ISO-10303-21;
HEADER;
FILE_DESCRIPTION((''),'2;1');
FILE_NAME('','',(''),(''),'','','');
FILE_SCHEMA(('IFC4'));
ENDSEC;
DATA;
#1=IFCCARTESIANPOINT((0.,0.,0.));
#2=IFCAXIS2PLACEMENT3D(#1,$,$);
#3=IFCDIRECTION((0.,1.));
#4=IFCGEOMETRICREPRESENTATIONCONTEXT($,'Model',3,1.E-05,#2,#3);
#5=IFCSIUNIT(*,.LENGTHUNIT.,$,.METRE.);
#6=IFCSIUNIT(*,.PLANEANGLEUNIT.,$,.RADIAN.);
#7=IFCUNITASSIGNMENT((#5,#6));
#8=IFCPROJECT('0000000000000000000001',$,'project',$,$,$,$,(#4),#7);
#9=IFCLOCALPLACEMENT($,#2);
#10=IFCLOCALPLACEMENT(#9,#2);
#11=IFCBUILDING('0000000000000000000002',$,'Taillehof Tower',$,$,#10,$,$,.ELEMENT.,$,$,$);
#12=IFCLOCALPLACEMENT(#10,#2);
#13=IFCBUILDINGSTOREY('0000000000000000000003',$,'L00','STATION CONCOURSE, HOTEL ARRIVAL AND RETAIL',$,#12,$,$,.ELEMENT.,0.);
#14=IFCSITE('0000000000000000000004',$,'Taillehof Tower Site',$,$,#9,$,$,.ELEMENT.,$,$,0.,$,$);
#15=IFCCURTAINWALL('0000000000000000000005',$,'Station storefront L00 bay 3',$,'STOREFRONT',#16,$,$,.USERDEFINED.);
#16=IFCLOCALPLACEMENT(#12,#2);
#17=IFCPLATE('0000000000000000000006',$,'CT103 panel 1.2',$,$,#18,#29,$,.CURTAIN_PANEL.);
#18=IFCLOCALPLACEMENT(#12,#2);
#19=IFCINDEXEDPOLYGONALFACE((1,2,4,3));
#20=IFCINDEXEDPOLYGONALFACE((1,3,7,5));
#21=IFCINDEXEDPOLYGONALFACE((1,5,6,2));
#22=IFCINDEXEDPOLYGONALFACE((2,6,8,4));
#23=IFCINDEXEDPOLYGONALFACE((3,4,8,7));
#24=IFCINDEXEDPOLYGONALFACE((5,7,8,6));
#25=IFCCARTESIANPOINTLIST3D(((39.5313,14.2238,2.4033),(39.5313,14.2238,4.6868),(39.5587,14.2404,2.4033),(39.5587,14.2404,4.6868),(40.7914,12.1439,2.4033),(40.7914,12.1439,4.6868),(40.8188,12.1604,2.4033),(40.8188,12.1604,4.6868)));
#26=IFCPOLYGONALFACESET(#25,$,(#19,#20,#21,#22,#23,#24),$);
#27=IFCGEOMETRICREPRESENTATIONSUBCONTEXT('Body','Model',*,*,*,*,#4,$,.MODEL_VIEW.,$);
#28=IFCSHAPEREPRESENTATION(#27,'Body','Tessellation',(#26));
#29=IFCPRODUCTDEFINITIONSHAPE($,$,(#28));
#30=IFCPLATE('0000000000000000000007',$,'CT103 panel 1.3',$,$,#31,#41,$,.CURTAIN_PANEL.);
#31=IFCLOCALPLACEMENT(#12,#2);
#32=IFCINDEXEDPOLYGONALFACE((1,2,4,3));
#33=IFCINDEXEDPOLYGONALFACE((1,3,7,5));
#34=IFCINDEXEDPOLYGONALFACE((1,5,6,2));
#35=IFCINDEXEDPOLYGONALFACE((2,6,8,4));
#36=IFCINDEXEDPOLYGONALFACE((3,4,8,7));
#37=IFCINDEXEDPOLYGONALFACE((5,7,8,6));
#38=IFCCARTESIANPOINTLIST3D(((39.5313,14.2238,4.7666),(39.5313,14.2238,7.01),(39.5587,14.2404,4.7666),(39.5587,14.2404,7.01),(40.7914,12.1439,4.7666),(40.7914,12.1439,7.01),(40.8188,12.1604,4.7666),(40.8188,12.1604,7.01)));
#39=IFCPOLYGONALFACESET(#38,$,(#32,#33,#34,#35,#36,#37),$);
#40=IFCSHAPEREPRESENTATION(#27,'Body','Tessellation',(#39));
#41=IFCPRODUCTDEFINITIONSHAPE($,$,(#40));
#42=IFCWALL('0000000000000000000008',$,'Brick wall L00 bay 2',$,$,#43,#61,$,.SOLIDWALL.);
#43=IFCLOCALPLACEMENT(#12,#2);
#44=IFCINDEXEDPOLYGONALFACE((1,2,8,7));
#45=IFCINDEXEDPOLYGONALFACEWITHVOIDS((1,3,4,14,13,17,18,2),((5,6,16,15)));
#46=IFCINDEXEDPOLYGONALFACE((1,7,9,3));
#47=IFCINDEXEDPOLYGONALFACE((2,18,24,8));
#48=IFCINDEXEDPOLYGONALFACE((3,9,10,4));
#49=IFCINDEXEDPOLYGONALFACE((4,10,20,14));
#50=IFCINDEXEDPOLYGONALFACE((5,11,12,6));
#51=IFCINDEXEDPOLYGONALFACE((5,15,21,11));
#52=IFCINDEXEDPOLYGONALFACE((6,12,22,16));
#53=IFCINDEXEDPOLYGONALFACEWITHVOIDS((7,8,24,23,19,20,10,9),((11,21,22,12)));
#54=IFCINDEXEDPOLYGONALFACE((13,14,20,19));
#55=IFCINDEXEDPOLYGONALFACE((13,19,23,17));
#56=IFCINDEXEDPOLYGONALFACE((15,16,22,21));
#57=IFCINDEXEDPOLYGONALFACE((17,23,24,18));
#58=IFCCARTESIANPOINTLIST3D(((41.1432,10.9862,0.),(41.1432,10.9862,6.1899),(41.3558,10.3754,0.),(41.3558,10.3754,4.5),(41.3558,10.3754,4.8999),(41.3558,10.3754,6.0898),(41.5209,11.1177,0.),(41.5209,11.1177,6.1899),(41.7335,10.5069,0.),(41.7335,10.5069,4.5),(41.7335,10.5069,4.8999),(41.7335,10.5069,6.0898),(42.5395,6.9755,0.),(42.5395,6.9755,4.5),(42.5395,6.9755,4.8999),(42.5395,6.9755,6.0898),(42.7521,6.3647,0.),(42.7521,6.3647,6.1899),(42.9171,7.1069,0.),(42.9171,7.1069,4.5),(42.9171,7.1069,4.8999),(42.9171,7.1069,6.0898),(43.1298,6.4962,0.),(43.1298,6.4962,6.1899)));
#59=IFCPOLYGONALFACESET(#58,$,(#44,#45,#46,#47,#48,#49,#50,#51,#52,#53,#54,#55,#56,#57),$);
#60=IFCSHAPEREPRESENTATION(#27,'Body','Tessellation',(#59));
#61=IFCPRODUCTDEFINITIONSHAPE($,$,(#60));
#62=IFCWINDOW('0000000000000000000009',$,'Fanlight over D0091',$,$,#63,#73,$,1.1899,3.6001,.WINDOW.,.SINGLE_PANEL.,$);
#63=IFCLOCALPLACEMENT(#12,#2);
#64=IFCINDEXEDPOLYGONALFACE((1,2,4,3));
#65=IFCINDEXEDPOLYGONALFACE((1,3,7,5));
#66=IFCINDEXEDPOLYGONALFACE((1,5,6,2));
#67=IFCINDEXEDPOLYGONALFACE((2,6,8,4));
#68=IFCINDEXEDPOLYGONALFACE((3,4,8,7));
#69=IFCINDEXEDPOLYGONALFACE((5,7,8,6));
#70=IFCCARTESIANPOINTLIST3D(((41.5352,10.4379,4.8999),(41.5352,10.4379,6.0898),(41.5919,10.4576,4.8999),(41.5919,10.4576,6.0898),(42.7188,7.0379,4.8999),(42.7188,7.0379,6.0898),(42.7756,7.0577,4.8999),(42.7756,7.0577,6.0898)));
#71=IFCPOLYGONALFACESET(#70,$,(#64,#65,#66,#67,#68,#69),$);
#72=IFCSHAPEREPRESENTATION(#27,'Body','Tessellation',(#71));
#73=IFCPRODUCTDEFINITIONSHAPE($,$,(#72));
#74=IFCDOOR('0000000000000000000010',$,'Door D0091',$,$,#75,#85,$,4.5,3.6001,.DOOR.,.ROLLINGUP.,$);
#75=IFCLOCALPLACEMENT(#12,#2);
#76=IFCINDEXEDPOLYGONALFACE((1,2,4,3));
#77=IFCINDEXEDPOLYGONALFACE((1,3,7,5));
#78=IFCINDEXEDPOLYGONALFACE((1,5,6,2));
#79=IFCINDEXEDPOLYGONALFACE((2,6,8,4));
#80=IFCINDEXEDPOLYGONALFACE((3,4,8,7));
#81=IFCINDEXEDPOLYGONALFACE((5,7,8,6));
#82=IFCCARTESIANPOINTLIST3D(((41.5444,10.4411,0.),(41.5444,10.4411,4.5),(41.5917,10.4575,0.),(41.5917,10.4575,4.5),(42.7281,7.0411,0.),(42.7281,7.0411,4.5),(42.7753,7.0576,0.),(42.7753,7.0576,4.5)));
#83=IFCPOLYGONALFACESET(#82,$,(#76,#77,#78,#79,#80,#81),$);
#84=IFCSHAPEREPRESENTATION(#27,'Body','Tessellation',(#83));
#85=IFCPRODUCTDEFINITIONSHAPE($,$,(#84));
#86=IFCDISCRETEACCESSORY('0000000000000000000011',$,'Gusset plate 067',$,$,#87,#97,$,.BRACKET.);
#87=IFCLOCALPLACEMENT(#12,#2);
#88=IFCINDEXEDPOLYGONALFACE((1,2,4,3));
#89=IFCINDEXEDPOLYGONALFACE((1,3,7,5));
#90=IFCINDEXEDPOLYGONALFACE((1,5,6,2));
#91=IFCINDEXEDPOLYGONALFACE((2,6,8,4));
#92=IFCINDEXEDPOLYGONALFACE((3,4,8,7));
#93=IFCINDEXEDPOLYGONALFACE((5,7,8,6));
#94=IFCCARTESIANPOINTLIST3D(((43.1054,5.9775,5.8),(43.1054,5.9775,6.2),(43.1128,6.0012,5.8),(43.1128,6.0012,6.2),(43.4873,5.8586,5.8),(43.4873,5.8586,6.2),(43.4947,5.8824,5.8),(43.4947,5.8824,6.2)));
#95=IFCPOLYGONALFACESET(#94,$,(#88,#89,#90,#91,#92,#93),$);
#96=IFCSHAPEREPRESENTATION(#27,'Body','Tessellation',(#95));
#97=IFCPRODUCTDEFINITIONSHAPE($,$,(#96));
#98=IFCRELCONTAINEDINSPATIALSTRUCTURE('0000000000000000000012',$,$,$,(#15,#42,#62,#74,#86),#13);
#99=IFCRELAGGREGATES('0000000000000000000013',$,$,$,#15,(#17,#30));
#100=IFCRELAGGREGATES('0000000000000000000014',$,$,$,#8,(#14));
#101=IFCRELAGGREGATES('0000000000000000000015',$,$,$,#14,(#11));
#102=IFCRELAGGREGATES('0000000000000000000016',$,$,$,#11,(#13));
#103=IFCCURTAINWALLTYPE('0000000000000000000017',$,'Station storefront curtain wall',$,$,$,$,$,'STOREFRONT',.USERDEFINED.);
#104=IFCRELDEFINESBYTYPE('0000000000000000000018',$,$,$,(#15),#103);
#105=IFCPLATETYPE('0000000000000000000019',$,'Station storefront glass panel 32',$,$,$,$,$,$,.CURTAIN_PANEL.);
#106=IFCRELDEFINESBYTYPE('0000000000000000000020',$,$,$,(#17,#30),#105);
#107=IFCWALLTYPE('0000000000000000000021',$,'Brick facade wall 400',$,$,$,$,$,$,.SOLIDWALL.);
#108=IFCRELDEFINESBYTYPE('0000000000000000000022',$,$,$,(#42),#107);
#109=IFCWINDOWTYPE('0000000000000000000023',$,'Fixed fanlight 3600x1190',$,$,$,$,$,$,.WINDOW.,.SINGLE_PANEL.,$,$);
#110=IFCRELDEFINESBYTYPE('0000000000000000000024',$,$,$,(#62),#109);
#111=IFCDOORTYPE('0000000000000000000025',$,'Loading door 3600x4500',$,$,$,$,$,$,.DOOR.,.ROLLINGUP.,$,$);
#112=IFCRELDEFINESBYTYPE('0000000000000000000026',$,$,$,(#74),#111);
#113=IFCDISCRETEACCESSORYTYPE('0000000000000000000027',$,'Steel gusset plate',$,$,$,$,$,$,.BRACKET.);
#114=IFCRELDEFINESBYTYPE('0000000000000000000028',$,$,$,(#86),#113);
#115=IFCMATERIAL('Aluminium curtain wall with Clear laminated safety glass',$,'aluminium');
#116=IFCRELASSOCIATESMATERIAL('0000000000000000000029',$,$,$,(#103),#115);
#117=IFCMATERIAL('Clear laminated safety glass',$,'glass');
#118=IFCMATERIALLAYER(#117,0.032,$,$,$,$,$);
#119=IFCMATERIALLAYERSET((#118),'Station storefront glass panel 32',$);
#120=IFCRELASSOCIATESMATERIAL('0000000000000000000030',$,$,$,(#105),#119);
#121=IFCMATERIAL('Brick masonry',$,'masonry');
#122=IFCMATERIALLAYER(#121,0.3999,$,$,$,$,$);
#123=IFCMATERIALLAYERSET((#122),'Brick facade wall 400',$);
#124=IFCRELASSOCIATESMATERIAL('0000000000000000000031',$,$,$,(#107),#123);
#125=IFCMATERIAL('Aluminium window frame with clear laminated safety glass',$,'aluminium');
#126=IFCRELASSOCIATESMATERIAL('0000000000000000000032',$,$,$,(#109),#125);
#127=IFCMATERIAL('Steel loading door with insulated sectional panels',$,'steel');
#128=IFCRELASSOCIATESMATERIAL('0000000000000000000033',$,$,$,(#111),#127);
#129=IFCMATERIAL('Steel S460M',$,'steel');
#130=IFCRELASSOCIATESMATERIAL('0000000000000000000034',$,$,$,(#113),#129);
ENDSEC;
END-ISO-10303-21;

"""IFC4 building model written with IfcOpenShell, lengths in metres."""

from ifc_helpers import new_model, si_unit, direction, frame, frame_2d, origin, origin_2d, place, context, subcontext, project, spatial, rectangle, extrude, material, layer, layer_set, type_object, element, fill, aggregate, save


model = new_model("IFC4")

# Units and contexts
model_context = context("Model", 3, precision=1e-05, world=origin(), true_north=direction((0.0, 1.0)))
body_context = subcontext(model_context, "Body", "Model", "MODEL_VIEW")
ifc_project = project(units=[si_unit("LENGTHUNIT", "METRE"), si_unit("PLANEANGLEUNIT", "RADIAN")], contexts=[model_context])

# Site, building, storey
site_placement = place(None, origin())
site = spatial("IfcSite", under=ifc_project, at=site_placement, Name="Taillehof Tower Site", CompositionType="ELEMENT", RefElevation=0.0)
building_placement = place(site_placement, origin())
building = spatial("IfcBuilding", under=site, at=building_placement, Name="Taillehof Tower", CompositionType="ELEMENT")
storey_placement = place(building_placement, origin())
storey = spatial("IfcBuildingStorey", under=building, at=storey_placement, Name="L00", Description="STATION CONCOURSE, HOTEL ARRIVAL AND RETAIL", CompositionType="ELEMENT", Elevation=0.0)

# Curtain wall, plates
ifc_material_1 = material(Name="Aluminium curtain wall with Clear laminated safety glass", Category="aluminium")
curtain_wall_type = type_object("IfcCurtainWallType", Name="Station storefront curtain wall", ElementType="STOREFRONT", PredefinedType="USERDEFINED", material=ifc_material_1)
curtain_wall_placement = place(storey_placement, origin())
curtain_wall = element("IfcCurtainWall", 1, at=curtain_wall_placement, inside=storey, type_object=curtain_wall_type, Name="Station storefront L00 bay 3", ObjectType="STOREFRONT", PredefinedType="USERDEFINED")
ifc_material_2 = material(Name="Clear laminated safety glass", Category="glass")
ifc_layer_1 = layer(ifc_material_2, 0.032)
ifc_layer_set_1 = layer_set([ifc_layer_1], Name="Station storefront glass panel 32")
plate_type = type_object("IfcPlateType", Name="Station storefront glass panel 32", PredefinedType="CURTAIN_PANEL", material=ifc_layer_set_1)
plate_1_placement = place(storey_placement, frame((40.175, 13.1921, 2.4033), z_axis=(0.0, 0.0, 1.0), x_axis=(-0.518151, 0.855289, 0.0)))
plate_1 = element("IfcPlate", 2, at=plate_1_placement, type_object=plate_type, Name="CT103 panel 1.2", PredefinedType="CURTAIN_PANEL", context=body_context, shape_type="SweptSolid", body=[
    extrude(rectangle(XDim=2.4319, YDim=0.032, at=origin_2d()), origin(), (0.0, 0.0, 1.0), 2.2834),
])
plate_2_placement = place(storey_placement, frame((40.175, 13.1921, 4.7666), z_axis=(0.0, 0.0, 1.0), x_axis=(-0.518151, 0.855289, 0.0)))
plate_2 = element("IfcPlate", 3, at=plate_2_placement, type_object=plate_type, Name="CT103 panel 1.3", PredefinedType="CURTAIN_PANEL", context=body_context, shape_type="SweptSolid", body=[
    extrude(rectangle(XDim=2.4319, YDim=0.032, at=origin_2d()), origin(), (0.0, 0.0, 1.0), 2.2434),
])
aggregate(curtain_wall, [plate_1, plate_2])

# Wall, openings, window, door
ifc_material_3 = material(Name="Brick masonry", Category="masonry")
ifc_layer_2 = layer(ifc_material_3, 0.3999)
ifc_layer_set_2 = layer_set([ifc_layer_2], Name="Brick facade wall 400")
wall_type = type_object("IfcWallType", Name="Brick facade wall 400", PredefinedType="SOLIDWALL", material=ifc_layer_set_2)
wall_placement = place(storey_placement, frame((42.9409, 6.4304, 0.0), z_axis=(0.0, 0.0, 1.0), x_axis=(-0.328772, 0.944409, 0.0)))
wall = element("IfcWall", 4, at=wall_placement, inside=storey, type_object=wall_type, Name="Brick wall L00 bay 2", PredefinedType="SOLIDWALL", context=body_context, shape_type="SweptSolid", body=[
    extrude(rectangle(XDim=4.8936, YDim=0.3999, at=frame_2d((2.4468, 0.0))), origin(), (0.0, 0.0, 1.0), 6.1899),
])
opening_1_placement = place(wall_placement, frame((0.6467, 0.0, 0.0)))
opening_1 = element("IfcOpeningElement", 5, at=opening_1_placement, cuts=wall, PredefinedType="OPENING", context=body_context, shape_type="SweptSolid", body=[
    extrude(rectangle(XDim=3.6001, YDim=4.5, at=frame_2d((1.8, 2.25))), frame((0.0, 0.21, 0.0), z_axis=(0.0, -1.0, 0.0), x_axis=(1.0, 0.0, 0.0)), (0.0, 0.0, 1.0), 0.4199),
])
opening_2_placement = place(wall_placement, frame((0.6467, 0.0, 4.8999)))
opening_2 = element("IfcOpeningElement", 6, at=opening_2_placement, cuts=wall, PredefinedType="OPENING", context=body_context, shape_type="SweptSolid", body=[
    extrude(rectangle(XDim=3.6001, YDim=1.1899, at=frame_2d((1.8, 0.595))), frame((0.0, 0.21, 0.0), z_axis=(0.0, -1.0, 0.0), x_axis=(1.0, 0.0, 0.0)), (0.0, 0.0, 1.0), 0.4199),
])
ifc_material_4 = material(Name="Aluminium window frame with clear laminated safety glass", Category="aluminium")
window_type = type_object("IfcWindowType", Name="Fixed fanlight 3600x1190", PartitioningType="SINGLE_PANEL", PredefinedType="WINDOW", material=ifc_material_4)
window_placement = place(opening_2_placement, origin())
window = element("IfcWindow", 7, at=window_placement, inside=storey, type_object=window_type, Name="Fanlight over D0091", OverallHeight=1.1899, OverallWidth=3.6001, PartitioningType="SINGLE_PANEL", PredefinedType="WINDOW", context=body_context, shape_type="SweptSolid", body=[
    extrude(rectangle(XDim=3.6001, YDim=1.1899, at=frame_2d((1.8, 0.595))), frame((0.0, 0.01, 0.0), z_axis=(0.0, -1.0, 0.0), x_axis=(1.0, 0.0, 0.0)), (0.0, 0.0, 1.0), 0.0601),
])
fill(opening_2, window)
ifc_material_5 = material(Name="Steel loading door with insulated sectional panels", Category="steel")
door_type = type_object("IfcDoorType", Name="Loading door 3600x4500", OperationType="ROLLINGUP", PredefinedType="DOOR", material=ifc_material_5)
door_placement = place(opening_1_placement, frame((3.6001, 0.0, 0.0), z_axis=(0.0, 0.0, 1.0), x_axis=(-1.0, 0.0, 0.0)))
door = element("IfcDoor", 8, at=door_placement, inside=storey, type_object=door_type, Name="Door D0091", OperationType="ROLLINGUP", OverallHeight=4.5, OverallWidth=3.6001, PredefinedType="DOOR", context=body_context, shape_type="SweptSolid", body=[
    extrude(rectangle(XDim=3.6001, YDim=4.5, at=frame_2d((1.8, 2.25))), frame((0.0, 0.0498, 0.0), z_axis=(0.0, -1.0, 0.0), x_axis=(1.0, 0.0, 0.0)), (0.0, 0.0, 1.0), 0.05),
])
fill(opening_1, door)

# Discrete accessory
ifc_material_6 = material(Name="Steel S460M", Category="steel")
discrete_accessory_type = type_object("IfcDiscreteAccessoryType", Name="Steel gusset plate", PredefinedType="BRACKET", material=ifc_material_6)
discrete_accessory_placement = place(storey_placement, frame((43.3, 5.9299, 5.8), z_axis=(0.0, 0.0, 1.0), x_axis=(-0.95482, 0.297185, 0.0)))
element("IfcDiscreteAccessory", 9, at=discrete_accessory_placement, inside=storey, type_object=discrete_accessory_type, Name="Gusset plate 067", PredefinedType="BRACKET", context=body_context, shape_type="SweptSolid", body=[
    extrude(rectangle(XDim=0.3999, YDim=0.0249, at=origin_2d()), origin(), (0.0, 0.0, 1.0), 0.3999),
])

save(model, "model.ifc")
